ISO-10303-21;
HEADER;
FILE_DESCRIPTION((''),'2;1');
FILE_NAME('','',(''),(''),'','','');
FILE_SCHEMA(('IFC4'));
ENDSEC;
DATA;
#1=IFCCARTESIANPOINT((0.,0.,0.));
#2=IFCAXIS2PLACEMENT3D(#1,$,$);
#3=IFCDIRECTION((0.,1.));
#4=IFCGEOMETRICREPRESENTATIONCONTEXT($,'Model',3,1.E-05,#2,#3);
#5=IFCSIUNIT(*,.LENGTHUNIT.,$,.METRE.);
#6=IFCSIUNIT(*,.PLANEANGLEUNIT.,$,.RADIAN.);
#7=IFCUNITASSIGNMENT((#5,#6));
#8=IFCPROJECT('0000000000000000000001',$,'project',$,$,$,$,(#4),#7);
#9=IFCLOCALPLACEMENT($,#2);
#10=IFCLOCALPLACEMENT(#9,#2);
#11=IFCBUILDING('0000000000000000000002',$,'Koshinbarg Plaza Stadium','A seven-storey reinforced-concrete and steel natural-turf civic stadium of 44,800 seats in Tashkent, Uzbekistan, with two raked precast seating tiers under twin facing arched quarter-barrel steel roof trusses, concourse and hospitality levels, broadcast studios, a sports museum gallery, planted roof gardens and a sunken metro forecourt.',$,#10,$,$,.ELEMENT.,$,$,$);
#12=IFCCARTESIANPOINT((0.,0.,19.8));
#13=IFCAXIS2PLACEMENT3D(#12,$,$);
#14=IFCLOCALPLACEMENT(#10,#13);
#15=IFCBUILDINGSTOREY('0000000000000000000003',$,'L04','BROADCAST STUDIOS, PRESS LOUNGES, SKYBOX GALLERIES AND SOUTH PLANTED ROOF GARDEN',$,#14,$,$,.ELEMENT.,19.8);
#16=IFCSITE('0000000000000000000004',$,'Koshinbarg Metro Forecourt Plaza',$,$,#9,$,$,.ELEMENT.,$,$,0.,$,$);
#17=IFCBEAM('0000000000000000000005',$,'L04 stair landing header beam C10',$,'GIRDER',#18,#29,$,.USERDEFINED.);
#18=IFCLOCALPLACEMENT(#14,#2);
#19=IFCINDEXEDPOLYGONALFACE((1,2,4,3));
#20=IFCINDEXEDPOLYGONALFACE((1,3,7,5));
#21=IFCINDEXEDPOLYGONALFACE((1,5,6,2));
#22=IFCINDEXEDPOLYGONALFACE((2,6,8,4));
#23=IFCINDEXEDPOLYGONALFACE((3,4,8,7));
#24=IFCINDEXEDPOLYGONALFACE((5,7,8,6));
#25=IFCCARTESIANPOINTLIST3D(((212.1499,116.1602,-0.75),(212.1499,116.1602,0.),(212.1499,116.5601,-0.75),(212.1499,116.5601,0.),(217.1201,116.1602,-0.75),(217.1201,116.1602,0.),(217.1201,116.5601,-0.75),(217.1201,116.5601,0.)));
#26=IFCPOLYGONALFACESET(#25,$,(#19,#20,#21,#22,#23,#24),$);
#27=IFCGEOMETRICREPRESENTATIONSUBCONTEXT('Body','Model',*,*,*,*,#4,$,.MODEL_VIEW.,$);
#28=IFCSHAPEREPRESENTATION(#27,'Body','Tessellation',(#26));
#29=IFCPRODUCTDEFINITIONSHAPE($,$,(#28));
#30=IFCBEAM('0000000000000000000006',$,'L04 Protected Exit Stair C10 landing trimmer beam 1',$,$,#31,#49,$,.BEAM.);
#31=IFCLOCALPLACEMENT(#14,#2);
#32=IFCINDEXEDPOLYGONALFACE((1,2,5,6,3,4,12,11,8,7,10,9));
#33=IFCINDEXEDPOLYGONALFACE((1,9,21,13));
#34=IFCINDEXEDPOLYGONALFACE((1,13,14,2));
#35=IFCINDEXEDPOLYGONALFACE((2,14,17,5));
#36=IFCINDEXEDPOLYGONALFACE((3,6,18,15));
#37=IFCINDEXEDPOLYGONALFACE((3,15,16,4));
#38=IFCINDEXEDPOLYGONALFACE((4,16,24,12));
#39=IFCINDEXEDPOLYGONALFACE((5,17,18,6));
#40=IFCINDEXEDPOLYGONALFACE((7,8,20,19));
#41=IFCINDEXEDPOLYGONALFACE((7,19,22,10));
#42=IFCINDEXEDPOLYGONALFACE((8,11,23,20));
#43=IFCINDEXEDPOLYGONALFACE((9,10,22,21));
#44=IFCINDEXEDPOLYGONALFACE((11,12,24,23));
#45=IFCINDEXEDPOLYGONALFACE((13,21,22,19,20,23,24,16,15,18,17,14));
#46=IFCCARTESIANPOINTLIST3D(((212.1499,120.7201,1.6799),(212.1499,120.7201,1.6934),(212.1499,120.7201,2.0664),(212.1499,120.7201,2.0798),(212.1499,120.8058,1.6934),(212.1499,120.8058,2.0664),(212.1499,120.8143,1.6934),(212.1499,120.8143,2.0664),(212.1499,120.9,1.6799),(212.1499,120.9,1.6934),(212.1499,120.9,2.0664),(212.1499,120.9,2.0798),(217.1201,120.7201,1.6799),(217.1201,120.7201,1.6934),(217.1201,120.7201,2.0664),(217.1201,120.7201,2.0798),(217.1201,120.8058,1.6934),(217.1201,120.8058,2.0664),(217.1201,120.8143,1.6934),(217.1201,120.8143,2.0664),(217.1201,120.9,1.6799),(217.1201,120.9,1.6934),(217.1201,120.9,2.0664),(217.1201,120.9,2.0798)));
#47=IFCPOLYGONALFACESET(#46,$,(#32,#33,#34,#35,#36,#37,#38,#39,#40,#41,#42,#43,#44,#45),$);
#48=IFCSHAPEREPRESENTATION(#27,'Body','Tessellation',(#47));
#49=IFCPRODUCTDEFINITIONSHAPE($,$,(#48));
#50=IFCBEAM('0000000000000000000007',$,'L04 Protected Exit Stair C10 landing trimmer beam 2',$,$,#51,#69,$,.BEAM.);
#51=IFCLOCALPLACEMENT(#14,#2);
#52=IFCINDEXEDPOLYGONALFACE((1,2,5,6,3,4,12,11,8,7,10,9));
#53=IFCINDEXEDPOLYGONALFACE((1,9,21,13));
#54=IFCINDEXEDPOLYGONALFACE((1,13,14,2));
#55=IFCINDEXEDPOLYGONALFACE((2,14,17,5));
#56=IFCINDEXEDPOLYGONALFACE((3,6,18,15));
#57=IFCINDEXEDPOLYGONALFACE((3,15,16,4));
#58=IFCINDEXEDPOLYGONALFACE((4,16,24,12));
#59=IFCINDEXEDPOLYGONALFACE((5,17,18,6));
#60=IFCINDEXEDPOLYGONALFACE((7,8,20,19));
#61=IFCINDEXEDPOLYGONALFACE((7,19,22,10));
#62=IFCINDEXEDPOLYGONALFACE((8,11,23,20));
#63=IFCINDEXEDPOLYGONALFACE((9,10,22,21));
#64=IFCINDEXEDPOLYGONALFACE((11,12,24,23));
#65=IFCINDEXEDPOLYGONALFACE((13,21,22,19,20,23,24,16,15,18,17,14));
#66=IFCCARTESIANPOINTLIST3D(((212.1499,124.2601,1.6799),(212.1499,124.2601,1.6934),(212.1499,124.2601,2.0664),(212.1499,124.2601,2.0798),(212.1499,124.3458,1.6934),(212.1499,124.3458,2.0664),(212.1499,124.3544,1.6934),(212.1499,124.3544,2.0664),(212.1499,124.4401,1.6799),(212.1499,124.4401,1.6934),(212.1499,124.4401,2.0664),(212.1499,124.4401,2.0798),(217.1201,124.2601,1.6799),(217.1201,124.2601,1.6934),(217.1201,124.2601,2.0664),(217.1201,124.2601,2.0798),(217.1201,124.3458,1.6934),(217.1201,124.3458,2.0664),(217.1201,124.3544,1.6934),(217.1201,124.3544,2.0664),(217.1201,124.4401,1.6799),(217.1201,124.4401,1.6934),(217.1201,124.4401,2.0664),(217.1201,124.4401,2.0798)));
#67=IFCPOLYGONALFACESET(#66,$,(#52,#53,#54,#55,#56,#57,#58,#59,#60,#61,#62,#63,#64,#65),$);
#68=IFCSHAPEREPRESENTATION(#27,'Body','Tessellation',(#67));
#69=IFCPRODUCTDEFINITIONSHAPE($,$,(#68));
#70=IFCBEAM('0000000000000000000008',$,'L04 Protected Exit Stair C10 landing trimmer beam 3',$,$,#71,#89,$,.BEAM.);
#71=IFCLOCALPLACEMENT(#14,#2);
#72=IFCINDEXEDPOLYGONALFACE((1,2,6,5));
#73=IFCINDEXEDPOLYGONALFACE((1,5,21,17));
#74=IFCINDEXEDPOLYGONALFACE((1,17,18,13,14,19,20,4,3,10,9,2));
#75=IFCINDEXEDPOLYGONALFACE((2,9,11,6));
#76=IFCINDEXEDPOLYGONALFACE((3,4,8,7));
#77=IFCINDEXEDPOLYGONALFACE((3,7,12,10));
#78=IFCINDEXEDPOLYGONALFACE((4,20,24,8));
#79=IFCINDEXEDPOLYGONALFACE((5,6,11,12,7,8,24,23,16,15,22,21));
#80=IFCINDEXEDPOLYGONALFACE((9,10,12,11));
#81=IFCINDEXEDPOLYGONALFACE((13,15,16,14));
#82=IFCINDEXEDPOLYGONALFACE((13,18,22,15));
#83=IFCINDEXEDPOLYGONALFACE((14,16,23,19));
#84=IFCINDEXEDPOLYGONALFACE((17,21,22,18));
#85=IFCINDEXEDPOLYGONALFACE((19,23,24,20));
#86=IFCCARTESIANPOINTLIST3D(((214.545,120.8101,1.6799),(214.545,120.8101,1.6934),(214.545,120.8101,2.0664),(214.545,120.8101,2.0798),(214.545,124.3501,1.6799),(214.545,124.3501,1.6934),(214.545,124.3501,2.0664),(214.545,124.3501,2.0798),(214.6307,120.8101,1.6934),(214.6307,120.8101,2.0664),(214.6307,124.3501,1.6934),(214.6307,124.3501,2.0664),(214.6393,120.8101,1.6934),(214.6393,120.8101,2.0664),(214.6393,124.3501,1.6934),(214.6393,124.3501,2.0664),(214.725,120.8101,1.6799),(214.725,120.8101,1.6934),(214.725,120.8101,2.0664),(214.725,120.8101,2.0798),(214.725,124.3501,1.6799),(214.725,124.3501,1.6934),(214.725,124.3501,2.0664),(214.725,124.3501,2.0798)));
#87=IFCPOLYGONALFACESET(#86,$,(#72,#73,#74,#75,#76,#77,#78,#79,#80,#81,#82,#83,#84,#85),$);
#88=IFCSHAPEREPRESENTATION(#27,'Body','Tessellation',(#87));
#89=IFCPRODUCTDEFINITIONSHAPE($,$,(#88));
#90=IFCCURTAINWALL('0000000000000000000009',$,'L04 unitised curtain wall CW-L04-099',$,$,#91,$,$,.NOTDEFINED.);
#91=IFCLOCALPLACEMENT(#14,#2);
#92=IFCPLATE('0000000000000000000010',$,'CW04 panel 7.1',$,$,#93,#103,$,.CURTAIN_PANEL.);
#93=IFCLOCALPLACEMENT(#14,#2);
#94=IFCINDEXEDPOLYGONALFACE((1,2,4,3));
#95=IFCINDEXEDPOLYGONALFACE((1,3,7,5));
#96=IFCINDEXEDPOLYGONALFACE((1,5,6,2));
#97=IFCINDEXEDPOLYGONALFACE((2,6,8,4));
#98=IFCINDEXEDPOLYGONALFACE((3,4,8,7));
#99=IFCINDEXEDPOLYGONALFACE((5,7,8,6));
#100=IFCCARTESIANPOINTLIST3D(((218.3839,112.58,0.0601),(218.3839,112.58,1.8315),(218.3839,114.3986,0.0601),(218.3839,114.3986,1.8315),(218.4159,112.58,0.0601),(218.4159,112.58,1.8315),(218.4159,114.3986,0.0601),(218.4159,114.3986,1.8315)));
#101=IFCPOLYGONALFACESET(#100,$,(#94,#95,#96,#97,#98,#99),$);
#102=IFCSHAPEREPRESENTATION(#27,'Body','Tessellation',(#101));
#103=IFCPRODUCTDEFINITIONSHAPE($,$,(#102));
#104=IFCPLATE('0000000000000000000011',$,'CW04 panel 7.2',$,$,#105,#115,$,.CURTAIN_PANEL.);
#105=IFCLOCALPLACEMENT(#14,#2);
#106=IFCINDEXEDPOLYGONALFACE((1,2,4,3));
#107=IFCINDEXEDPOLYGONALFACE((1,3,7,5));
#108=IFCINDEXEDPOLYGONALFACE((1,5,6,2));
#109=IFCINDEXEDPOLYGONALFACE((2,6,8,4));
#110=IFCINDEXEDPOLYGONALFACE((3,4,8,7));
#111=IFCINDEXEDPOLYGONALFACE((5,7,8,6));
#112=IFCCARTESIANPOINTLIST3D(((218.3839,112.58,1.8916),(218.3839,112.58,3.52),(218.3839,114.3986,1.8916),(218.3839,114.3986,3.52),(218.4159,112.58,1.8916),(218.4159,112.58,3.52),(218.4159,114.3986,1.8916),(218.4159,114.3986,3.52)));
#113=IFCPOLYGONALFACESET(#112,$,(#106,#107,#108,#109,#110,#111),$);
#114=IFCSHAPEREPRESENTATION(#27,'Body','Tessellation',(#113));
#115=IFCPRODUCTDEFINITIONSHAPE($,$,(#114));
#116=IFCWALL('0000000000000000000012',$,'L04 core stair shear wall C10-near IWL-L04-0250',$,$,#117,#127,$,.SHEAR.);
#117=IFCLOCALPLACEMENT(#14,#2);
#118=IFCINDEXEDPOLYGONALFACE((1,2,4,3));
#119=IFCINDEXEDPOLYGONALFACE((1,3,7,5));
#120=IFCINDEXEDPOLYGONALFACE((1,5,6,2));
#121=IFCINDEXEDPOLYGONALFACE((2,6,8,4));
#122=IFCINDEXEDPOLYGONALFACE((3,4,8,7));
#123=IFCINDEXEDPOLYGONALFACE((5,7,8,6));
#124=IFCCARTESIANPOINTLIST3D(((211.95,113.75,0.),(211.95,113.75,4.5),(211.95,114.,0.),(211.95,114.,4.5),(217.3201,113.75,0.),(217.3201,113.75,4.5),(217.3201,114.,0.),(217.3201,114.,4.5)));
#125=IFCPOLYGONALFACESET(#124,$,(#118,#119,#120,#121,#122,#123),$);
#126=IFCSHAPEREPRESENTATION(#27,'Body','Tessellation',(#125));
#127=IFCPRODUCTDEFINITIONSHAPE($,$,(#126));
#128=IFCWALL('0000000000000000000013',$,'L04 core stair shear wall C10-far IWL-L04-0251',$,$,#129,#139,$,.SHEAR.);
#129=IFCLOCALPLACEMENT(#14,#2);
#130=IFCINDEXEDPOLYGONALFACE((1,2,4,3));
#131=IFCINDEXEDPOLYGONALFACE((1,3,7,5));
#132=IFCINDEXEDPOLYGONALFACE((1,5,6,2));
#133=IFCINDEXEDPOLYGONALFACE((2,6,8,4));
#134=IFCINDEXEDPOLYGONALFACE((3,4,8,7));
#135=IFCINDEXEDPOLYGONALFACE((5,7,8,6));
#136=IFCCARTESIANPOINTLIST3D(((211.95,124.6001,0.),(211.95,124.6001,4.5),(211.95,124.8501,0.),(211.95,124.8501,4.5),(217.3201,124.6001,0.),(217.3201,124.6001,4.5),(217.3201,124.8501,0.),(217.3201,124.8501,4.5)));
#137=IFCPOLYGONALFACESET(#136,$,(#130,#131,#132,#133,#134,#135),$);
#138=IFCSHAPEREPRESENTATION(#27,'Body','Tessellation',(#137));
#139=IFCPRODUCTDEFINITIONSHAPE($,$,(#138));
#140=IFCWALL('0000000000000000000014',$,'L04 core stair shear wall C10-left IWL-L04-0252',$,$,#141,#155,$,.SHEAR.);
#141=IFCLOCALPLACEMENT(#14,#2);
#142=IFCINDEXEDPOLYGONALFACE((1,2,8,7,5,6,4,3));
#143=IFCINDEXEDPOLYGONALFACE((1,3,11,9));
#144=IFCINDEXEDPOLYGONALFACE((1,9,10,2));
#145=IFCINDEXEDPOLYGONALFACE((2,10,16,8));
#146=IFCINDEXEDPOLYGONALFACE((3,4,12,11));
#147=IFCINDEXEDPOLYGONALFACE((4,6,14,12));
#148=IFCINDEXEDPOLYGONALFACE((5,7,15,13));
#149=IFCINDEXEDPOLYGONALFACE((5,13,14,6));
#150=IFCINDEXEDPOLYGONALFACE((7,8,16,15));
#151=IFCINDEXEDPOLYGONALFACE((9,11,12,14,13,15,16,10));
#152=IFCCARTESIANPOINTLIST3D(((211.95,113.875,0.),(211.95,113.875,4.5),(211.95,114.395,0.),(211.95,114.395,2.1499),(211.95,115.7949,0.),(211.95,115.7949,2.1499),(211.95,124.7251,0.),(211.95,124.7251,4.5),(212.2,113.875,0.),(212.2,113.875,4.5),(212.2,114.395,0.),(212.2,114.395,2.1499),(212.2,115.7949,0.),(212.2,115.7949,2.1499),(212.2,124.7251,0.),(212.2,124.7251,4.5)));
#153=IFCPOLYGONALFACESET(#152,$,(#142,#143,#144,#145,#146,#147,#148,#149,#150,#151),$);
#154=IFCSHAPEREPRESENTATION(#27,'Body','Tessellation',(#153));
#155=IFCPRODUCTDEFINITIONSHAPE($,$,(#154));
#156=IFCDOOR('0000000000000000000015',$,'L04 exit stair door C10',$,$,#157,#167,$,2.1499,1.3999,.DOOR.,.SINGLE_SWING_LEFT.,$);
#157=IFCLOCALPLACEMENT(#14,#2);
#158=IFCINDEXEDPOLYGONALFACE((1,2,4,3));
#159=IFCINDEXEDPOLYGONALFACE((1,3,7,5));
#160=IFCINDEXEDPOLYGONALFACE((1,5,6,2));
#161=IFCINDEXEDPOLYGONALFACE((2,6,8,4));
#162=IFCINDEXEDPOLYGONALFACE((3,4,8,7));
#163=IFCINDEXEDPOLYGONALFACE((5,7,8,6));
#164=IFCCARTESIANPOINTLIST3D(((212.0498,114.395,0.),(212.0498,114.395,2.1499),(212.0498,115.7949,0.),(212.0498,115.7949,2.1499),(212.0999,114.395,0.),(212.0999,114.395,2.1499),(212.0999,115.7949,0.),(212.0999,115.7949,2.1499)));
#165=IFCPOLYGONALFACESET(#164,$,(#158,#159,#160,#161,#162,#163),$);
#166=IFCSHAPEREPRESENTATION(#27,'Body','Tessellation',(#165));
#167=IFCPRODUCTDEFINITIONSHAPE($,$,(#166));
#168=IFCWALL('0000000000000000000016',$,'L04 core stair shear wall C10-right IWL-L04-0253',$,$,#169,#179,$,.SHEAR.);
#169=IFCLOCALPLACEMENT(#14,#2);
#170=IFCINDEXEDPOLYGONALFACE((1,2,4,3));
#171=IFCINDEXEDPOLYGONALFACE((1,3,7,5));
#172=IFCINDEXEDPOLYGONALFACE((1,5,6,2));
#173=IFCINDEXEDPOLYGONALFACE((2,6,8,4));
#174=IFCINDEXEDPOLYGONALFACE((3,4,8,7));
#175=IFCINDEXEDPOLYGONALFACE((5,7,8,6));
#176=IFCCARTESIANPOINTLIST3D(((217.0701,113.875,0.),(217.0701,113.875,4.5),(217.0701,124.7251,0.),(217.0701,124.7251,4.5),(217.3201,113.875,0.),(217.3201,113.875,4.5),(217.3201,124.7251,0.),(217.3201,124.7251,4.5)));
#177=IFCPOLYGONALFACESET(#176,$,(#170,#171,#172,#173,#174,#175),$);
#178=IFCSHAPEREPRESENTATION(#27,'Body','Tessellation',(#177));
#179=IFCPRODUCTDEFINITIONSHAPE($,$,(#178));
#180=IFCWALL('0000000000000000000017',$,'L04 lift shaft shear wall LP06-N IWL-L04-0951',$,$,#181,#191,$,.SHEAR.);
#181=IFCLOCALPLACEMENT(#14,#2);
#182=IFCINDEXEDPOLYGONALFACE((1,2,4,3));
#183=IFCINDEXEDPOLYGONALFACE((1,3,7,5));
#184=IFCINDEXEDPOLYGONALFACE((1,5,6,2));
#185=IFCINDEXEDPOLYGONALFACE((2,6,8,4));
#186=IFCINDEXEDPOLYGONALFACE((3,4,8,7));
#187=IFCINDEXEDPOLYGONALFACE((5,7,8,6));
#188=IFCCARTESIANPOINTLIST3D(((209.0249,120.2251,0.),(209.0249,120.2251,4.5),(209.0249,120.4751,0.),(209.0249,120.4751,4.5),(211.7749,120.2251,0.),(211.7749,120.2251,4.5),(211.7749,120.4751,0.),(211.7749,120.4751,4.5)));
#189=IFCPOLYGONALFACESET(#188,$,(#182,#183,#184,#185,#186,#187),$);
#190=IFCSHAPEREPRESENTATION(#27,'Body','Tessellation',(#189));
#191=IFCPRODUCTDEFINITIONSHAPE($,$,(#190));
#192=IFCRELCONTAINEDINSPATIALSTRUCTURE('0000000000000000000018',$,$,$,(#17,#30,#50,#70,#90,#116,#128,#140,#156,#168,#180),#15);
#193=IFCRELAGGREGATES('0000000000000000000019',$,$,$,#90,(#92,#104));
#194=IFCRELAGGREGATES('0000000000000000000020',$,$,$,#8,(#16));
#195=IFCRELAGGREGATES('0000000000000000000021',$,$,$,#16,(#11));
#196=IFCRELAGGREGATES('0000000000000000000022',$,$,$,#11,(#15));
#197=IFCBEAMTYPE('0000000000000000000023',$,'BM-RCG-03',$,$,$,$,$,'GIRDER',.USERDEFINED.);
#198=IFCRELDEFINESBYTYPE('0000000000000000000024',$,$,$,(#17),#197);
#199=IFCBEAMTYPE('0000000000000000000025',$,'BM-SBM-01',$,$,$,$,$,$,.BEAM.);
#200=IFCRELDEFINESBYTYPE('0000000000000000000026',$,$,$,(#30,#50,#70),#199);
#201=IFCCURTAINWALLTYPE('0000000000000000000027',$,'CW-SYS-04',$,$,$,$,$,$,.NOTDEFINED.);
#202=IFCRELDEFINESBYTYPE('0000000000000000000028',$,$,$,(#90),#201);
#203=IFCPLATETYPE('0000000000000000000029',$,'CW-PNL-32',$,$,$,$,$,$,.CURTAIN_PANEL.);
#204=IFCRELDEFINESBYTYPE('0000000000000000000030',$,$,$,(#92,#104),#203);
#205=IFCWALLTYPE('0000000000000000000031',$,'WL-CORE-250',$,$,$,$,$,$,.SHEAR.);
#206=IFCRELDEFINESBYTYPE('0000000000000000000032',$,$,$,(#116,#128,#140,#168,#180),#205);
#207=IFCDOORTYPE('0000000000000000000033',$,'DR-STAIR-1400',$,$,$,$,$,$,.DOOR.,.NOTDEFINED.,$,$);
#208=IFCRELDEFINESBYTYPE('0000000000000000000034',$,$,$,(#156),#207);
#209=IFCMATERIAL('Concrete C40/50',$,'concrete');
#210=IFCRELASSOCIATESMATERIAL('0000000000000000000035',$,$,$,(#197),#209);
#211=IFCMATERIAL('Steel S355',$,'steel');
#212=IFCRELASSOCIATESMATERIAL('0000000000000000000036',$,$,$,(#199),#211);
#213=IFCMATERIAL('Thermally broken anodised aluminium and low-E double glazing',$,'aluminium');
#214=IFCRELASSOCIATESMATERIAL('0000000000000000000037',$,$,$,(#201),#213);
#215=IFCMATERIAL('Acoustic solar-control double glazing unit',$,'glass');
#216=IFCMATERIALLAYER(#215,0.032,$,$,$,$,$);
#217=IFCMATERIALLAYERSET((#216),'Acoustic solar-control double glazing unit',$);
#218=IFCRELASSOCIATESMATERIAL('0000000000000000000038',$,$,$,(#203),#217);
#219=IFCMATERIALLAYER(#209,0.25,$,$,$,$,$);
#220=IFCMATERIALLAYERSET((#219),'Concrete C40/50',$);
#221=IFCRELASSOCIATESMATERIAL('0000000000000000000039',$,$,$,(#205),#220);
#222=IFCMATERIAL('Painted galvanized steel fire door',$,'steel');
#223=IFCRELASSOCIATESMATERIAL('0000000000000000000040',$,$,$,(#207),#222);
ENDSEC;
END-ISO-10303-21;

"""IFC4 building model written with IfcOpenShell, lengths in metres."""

from ifc_helpers import new_model, si_unit, direction, frame, frame_2d, origin, origin_2d, place, context, subcontext, project, spatial, rectangle, i_section, extrude, material, layer, layer_set, material_profile, profile_set, type_object, element, fill, aggregate, save


model = new_model("IFC4")

# Units and contexts
model_context = context("Model", 3, precision=1e-05, world=origin(), true_north=direction((0.0, 1.0)))
body_context = subcontext(model_context, "Body", "Model", "MODEL_VIEW")
ifc_project = project(units=[si_unit("LENGTHUNIT", "METRE"), si_unit("PLANEANGLEUNIT", "RADIAN")], contexts=[model_context])

# Site, building, storey
site_placement = place(None, origin())
site = spatial("IfcSite", under=ifc_project, at=site_placement, Name="Koshinbarg Metro Forecourt Plaza", CompositionType="ELEMENT", RefElevation=0.0)
building_placement = place(site_placement, origin())
building = spatial("IfcBuilding", under=site, at=building_placement, Name="Koshinbarg Plaza Stadium", Description="A seven-storey reinforced-concrete and steel natural-turf civic stadium of 44,800 seats in Tashkent, Uzbekistan, with two raked precast seating tiers under twin facing arched quarter-barrel steel roof trusses, concourse and hospitality levels, broadcast studios, a sports museum gallery, planted roof gardens and a sunken metro forecourt.", CompositionType="ELEMENT")
storey_placement = place(building_placement, frame((0.0, 0.0, 19.8)))
storey = spatial("IfcBuildingStorey", under=building, at=storey_placement, Name="L04", Description="BROADCAST STUDIOS, PRESS LOUNGES, SKYBOX GALLERIES AND SOUTH PLANTED ROOF GARDEN", CompositionType="ELEMENT", Elevation=19.8)

# Beams
ifc_material_1 = material(Name="Concrete C40/50", Category="concrete")
ifc_material_profile_1 = material_profile(ifc_material_1, rectangle(XDim=0.3999, YDim=0.75, at=origin_2d()), Name="RC 400x750")
ifc_profile_set_1 = profile_set([ifc_material_profile_1], Name="Concrete C40/50")
beam_type_1 = type_object("IfcBeamType", Name="BM-RCG-03", ElementType="GIRDER", PredefinedType="USERDEFINED", material=ifc_profile_set_1)
beam_1_placement = place(storey_placement, frame((212.1499, 116.3601, -0.375), z_axis=(1.0, 0.0, 0.0), x_axis=(0.0, 1.0, 0.0)))
element("IfcBeam", 1, at=beam_1_placement, inside=storey, type_object=beam_type_1, Name="L04 stair landing header beam C10", ObjectType="GIRDER", PredefinedType="USERDEFINED", context=body_context, shape_type="SweptSolid", body=[
    extrude(rectangle(XDim=0.3999, YDim=0.75, at=origin_2d()), origin(), (0.0, 0.0, 1.0), 4.9702),
])
ifc_material_2 = material(Name="Steel S355", Category="steel")
ifc_material_profile_2 = material_profile(ifc_material_2, i_section(OverallWidth=0.1799, OverallDepth=0.3999, WebThickness=0.0085, FlangeThickness=0.0134, at=origin_2d()), Name="IPE 400")
ifc_profile_set_2 = profile_set([ifc_material_profile_2], Name="Steel S355")
beam_type_2 = type_object("IfcBeamType", Name="BM-SBM-01", PredefinedType="BEAM", material=ifc_profile_set_2)
for number, where, z_axis, x_axis, name in (
    (2, (212.1499, 120.8101, 1.8799), (1.0, 0.0, 0.0), (0.0, 1.0, 0.0), "L04 Protected Exit Stair C10 landing trimmer beam 1"),
    (3, (212.1499, 124.3501, 1.8799), (1.0, 0.0, 0.0), (0.0, 1.0, 0.0), "L04 Protected Exit Stair C10 landing trimmer beam 2"),
):
    element("IfcBeam", number, at=place(storey_placement, frame(where, z_axis=z_axis, x_axis=x_axis)), inside=storey, type_object=beam_type_2, Name=name, PredefinedType="BEAM", context=body_context, shape_type="SweptSolid", body=[
        extrude(i_section(OverallWidth=0.1799, OverallDepth=0.3999, WebThickness=0.0085, FlangeThickness=0.0134, at=origin_2d()), origin(), (0.0, 0.0, 1.0), 4.9702),
    ])
beam_2_placement = place(storey_placement, frame((214.635, 120.8101, 1.8799), z_axis=(0.0, 1.0, 0.0), x_axis=(-1.0, 0.0, 0.0)))
element("IfcBeam", 4, at=beam_2_placement, inside=storey, type_object=beam_type_2, Name="L04 Protected Exit Stair C10 landing trimmer beam 3", PredefinedType="BEAM", context=body_context, shape_type="SweptSolid", body=[
    extrude(i_section(OverallWidth=0.1799, OverallDepth=0.3999, WebThickness=0.0085, FlangeThickness=0.0134, at=origin_2d()), origin(), (0.0, 0.0, 1.0), 3.54),
])

# Curtain wall, plates
ifc_material_3 = material(Name="Thermally broken anodised aluminium and low-E double glazing", Category="aluminium")
curtain_wall_type = type_object("IfcCurtainWallType", Name="CW-SYS-04", PredefinedType="NOTDEFINED", material=ifc_material_3)
curtain_wall_placement = place(storey_placement, origin())
curtain_wall = element("IfcCurtainWall", 5, at=curtain_wall_placement, inside=storey, type_object=curtain_wall_type, Name="L04 unitised curtain wall CW-L04-099", PredefinedType="NOTDEFINED")
ifc_material_4 = material(Name="Acoustic solar-control double glazing unit", Category="glass")
ifc_layer_1 = layer(ifc_material_4, 0.032)
ifc_layer_set_1 = layer_set([ifc_layer_1], Name="Acoustic solar-control double glazing unit")
plate_type = type_object("IfcPlateType", Name="CW-PNL-32", PredefinedType="CURTAIN_PANEL", material=ifc_layer_set_1)
plate_1_placement = place(storey_placement, frame((218.3999, 113.4893, 0.0601), z_axis=(0.0, 0.0, 1.0), x_axis=(0.0, -1.0, 0.0)))
plate_1 = element("IfcPlate", 6, at=plate_1_placement, type_object=plate_type, Name="CW04 panel 7.1", PredefinedType="CURTAIN_PANEL", context=body_context, shape_type="SweptSolid", body=[
    extrude(rectangle(XDim=1.8186, YDim=0.032, at=origin_2d()), origin(), (0.0, 0.0, 1.0), 1.7715),
])
plate_2_placement = place(storey_placement, frame((218.3999, 113.4893, 1.8916), z_axis=(0.0, 0.0, 1.0), x_axis=(0.0, -1.0, 0.0)))
plate_2 = element("IfcPlate", 7, at=plate_2_placement, type_object=plate_type, Name="CW04 panel 7.2", PredefinedType="CURTAIN_PANEL", context=body_context, shape_type="SweptSolid", body=[
    extrude(rectangle(XDim=1.8186, YDim=0.032, at=origin_2d()), origin(), (0.0, 0.0, 1.0), 1.6284),
])
aggregate(curtain_wall, [plate_1, plate_2])

# Walls
ifc_layer_2 = layer(ifc_material_1, 0.25)
ifc_layer_set_2 = layer_set([ifc_layer_2], Name="Concrete C40/50")
wall_type = type_object("IfcWallType", Name="WL-CORE-250", PredefinedType="SHEAR", material=ifc_layer_set_2)
for number, where, z_axis, x_axis, name in (
    (8, (211.95, 113.875, 0.0), (0.0, 0.0, 1.0), (1.0, 0.0, 0.0), "L04 core stair shear wall C10-near IWL-L04-0250"),
    (9, (217.3201, 124.7251, 0.0), (0.0, 0.0, 1.0), (-1.0, 0.0, 0.0), "L04 core stair shear wall C10-far IWL-L04-0251"),
):
    element("IfcWall", number, at=place(storey_placement, frame(where, z_axis=z_axis, x_axis=x_axis)), inside=storey, type_object=wall_type, Name=name, PredefinedType="SHEAR", context=body_context, shape_type="SweptSolid", body=[
        extrude(rectangle(XDim=5.3701, YDim=0.25, at=frame_2d((2.6851, 0.0))), origin(), (0.0, 0.0, 1.0), 4.5),
    ])

# Wall, opening, door
wall_1_placement = place(storey_placement, frame((212.075, 113.875, 0.0), z_axis=(0.0, 0.0, 1.0), x_axis=(0.0, 1.0, 0.0)))
wall_1 = element("IfcWall", 10, at=wall_1_placement, inside=storey, type_object=wall_type, Name="L04 core stair shear wall C10-left IWL-L04-0252", PredefinedType="SHEAR", context=body_context, shape_type="SweptSolid", body=[
    extrude(rectangle(XDim=10.8501, YDim=0.25, at=frame_2d((5.425, 0.0))), origin(), (0.0, 0.0, 1.0), 4.5),
])
opening_placement = place(wall_1_placement, frame((0.52, 0.0, 0.0)))
opening = element("IfcOpeningElement", 11, at=opening_placement, cuts=wall_1, PredefinedType="OPENING", context=body_context, shape_type="SweptSolid", body=[
    extrude(rectangle(XDim=1.3999, YDim=2.1499, at=frame_2d((0.7, 1.075))), frame((0.0, 0.135, 0.0), z_axis=(0.0, -1.0, 0.0), x_axis=(1.0, 0.0, 0.0)), (0.0, 0.0, 1.0), 0.27),
])
ifc_material_5 = material(Name="Painted galvanized steel fire door", Category="steel")
door_type = type_object("IfcDoorType", Name="DR-STAIR-1400", OperationType="NOTDEFINED", PredefinedType="DOOR", material=ifc_material_5)
door_placement = place(opening_placement, frame((1.3999, 0.0, 0.0), z_axis=(0.0, 0.0, 1.0), x_axis=(-1.0, 0.0, 0.0)))
door = element("IfcDoor", 12, at=door_placement, inside=storey, type_object=door_type, Name="L04 exit stair door C10", OperationType="SINGLE_SWING_LEFT", OverallHeight=2.1499, OverallWidth=1.3999, PredefinedType="DOOR", context=body_context, shape_type="SweptSolid", body=[
    extrude(rectangle(XDim=1.3999, YDim=2.1499, at=frame_2d((0.7, 1.075))), frame((0.0, 0.0249, 0.0), z_axis=(0.0, -1.0, 0.0), x_axis=(1.0, 0.0, 0.0)), (0.0, 0.0, 1.0), 0.05),
])
fill(opening, door)

# Walls
wall_2_placement = place(storey_placement, frame((217.1951, 113.875, 0.0), z_axis=(0.0, 0.0, 1.0), x_axis=(0.0, 1.0, 0.0)))
element("IfcWall", 13, at=wall_2_placement, inside=storey, type_object=wall_type, Name="L04 core stair shear wall C10-right IWL-L04-0253", PredefinedType="SHEAR", context=body_context, shape_type="SweptSolid", body=[
    extrude(rectangle(XDim=10.8501, YDim=0.25, at=frame_2d((5.425, 0.0))), origin(), (0.0, 0.0, 1.0), 4.5),
])
wall_3_placement = place(storey_placement, frame((211.7749, 120.3501, 0.0), z_axis=(0.0, 0.0, 1.0), x_axis=(-1.0, 0.0, 0.0)))
element("IfcWall", 14, at=wall_3_placement, inside=storey, type_object=wall_type, Name="L04 lift shaft shear wall LP06-N IWL-L04-0951", PredefinedType="SHEAR", context=body_context, shape_type="SweptSolid", body=[
    extrude(rectangle(XDim=2.75, YDim=0.25, at=frame_2d((1.375, 0.0))), origin(), (0.0, 0.0, 1.0), 4.5),
])

save(model, "model.ifc")
